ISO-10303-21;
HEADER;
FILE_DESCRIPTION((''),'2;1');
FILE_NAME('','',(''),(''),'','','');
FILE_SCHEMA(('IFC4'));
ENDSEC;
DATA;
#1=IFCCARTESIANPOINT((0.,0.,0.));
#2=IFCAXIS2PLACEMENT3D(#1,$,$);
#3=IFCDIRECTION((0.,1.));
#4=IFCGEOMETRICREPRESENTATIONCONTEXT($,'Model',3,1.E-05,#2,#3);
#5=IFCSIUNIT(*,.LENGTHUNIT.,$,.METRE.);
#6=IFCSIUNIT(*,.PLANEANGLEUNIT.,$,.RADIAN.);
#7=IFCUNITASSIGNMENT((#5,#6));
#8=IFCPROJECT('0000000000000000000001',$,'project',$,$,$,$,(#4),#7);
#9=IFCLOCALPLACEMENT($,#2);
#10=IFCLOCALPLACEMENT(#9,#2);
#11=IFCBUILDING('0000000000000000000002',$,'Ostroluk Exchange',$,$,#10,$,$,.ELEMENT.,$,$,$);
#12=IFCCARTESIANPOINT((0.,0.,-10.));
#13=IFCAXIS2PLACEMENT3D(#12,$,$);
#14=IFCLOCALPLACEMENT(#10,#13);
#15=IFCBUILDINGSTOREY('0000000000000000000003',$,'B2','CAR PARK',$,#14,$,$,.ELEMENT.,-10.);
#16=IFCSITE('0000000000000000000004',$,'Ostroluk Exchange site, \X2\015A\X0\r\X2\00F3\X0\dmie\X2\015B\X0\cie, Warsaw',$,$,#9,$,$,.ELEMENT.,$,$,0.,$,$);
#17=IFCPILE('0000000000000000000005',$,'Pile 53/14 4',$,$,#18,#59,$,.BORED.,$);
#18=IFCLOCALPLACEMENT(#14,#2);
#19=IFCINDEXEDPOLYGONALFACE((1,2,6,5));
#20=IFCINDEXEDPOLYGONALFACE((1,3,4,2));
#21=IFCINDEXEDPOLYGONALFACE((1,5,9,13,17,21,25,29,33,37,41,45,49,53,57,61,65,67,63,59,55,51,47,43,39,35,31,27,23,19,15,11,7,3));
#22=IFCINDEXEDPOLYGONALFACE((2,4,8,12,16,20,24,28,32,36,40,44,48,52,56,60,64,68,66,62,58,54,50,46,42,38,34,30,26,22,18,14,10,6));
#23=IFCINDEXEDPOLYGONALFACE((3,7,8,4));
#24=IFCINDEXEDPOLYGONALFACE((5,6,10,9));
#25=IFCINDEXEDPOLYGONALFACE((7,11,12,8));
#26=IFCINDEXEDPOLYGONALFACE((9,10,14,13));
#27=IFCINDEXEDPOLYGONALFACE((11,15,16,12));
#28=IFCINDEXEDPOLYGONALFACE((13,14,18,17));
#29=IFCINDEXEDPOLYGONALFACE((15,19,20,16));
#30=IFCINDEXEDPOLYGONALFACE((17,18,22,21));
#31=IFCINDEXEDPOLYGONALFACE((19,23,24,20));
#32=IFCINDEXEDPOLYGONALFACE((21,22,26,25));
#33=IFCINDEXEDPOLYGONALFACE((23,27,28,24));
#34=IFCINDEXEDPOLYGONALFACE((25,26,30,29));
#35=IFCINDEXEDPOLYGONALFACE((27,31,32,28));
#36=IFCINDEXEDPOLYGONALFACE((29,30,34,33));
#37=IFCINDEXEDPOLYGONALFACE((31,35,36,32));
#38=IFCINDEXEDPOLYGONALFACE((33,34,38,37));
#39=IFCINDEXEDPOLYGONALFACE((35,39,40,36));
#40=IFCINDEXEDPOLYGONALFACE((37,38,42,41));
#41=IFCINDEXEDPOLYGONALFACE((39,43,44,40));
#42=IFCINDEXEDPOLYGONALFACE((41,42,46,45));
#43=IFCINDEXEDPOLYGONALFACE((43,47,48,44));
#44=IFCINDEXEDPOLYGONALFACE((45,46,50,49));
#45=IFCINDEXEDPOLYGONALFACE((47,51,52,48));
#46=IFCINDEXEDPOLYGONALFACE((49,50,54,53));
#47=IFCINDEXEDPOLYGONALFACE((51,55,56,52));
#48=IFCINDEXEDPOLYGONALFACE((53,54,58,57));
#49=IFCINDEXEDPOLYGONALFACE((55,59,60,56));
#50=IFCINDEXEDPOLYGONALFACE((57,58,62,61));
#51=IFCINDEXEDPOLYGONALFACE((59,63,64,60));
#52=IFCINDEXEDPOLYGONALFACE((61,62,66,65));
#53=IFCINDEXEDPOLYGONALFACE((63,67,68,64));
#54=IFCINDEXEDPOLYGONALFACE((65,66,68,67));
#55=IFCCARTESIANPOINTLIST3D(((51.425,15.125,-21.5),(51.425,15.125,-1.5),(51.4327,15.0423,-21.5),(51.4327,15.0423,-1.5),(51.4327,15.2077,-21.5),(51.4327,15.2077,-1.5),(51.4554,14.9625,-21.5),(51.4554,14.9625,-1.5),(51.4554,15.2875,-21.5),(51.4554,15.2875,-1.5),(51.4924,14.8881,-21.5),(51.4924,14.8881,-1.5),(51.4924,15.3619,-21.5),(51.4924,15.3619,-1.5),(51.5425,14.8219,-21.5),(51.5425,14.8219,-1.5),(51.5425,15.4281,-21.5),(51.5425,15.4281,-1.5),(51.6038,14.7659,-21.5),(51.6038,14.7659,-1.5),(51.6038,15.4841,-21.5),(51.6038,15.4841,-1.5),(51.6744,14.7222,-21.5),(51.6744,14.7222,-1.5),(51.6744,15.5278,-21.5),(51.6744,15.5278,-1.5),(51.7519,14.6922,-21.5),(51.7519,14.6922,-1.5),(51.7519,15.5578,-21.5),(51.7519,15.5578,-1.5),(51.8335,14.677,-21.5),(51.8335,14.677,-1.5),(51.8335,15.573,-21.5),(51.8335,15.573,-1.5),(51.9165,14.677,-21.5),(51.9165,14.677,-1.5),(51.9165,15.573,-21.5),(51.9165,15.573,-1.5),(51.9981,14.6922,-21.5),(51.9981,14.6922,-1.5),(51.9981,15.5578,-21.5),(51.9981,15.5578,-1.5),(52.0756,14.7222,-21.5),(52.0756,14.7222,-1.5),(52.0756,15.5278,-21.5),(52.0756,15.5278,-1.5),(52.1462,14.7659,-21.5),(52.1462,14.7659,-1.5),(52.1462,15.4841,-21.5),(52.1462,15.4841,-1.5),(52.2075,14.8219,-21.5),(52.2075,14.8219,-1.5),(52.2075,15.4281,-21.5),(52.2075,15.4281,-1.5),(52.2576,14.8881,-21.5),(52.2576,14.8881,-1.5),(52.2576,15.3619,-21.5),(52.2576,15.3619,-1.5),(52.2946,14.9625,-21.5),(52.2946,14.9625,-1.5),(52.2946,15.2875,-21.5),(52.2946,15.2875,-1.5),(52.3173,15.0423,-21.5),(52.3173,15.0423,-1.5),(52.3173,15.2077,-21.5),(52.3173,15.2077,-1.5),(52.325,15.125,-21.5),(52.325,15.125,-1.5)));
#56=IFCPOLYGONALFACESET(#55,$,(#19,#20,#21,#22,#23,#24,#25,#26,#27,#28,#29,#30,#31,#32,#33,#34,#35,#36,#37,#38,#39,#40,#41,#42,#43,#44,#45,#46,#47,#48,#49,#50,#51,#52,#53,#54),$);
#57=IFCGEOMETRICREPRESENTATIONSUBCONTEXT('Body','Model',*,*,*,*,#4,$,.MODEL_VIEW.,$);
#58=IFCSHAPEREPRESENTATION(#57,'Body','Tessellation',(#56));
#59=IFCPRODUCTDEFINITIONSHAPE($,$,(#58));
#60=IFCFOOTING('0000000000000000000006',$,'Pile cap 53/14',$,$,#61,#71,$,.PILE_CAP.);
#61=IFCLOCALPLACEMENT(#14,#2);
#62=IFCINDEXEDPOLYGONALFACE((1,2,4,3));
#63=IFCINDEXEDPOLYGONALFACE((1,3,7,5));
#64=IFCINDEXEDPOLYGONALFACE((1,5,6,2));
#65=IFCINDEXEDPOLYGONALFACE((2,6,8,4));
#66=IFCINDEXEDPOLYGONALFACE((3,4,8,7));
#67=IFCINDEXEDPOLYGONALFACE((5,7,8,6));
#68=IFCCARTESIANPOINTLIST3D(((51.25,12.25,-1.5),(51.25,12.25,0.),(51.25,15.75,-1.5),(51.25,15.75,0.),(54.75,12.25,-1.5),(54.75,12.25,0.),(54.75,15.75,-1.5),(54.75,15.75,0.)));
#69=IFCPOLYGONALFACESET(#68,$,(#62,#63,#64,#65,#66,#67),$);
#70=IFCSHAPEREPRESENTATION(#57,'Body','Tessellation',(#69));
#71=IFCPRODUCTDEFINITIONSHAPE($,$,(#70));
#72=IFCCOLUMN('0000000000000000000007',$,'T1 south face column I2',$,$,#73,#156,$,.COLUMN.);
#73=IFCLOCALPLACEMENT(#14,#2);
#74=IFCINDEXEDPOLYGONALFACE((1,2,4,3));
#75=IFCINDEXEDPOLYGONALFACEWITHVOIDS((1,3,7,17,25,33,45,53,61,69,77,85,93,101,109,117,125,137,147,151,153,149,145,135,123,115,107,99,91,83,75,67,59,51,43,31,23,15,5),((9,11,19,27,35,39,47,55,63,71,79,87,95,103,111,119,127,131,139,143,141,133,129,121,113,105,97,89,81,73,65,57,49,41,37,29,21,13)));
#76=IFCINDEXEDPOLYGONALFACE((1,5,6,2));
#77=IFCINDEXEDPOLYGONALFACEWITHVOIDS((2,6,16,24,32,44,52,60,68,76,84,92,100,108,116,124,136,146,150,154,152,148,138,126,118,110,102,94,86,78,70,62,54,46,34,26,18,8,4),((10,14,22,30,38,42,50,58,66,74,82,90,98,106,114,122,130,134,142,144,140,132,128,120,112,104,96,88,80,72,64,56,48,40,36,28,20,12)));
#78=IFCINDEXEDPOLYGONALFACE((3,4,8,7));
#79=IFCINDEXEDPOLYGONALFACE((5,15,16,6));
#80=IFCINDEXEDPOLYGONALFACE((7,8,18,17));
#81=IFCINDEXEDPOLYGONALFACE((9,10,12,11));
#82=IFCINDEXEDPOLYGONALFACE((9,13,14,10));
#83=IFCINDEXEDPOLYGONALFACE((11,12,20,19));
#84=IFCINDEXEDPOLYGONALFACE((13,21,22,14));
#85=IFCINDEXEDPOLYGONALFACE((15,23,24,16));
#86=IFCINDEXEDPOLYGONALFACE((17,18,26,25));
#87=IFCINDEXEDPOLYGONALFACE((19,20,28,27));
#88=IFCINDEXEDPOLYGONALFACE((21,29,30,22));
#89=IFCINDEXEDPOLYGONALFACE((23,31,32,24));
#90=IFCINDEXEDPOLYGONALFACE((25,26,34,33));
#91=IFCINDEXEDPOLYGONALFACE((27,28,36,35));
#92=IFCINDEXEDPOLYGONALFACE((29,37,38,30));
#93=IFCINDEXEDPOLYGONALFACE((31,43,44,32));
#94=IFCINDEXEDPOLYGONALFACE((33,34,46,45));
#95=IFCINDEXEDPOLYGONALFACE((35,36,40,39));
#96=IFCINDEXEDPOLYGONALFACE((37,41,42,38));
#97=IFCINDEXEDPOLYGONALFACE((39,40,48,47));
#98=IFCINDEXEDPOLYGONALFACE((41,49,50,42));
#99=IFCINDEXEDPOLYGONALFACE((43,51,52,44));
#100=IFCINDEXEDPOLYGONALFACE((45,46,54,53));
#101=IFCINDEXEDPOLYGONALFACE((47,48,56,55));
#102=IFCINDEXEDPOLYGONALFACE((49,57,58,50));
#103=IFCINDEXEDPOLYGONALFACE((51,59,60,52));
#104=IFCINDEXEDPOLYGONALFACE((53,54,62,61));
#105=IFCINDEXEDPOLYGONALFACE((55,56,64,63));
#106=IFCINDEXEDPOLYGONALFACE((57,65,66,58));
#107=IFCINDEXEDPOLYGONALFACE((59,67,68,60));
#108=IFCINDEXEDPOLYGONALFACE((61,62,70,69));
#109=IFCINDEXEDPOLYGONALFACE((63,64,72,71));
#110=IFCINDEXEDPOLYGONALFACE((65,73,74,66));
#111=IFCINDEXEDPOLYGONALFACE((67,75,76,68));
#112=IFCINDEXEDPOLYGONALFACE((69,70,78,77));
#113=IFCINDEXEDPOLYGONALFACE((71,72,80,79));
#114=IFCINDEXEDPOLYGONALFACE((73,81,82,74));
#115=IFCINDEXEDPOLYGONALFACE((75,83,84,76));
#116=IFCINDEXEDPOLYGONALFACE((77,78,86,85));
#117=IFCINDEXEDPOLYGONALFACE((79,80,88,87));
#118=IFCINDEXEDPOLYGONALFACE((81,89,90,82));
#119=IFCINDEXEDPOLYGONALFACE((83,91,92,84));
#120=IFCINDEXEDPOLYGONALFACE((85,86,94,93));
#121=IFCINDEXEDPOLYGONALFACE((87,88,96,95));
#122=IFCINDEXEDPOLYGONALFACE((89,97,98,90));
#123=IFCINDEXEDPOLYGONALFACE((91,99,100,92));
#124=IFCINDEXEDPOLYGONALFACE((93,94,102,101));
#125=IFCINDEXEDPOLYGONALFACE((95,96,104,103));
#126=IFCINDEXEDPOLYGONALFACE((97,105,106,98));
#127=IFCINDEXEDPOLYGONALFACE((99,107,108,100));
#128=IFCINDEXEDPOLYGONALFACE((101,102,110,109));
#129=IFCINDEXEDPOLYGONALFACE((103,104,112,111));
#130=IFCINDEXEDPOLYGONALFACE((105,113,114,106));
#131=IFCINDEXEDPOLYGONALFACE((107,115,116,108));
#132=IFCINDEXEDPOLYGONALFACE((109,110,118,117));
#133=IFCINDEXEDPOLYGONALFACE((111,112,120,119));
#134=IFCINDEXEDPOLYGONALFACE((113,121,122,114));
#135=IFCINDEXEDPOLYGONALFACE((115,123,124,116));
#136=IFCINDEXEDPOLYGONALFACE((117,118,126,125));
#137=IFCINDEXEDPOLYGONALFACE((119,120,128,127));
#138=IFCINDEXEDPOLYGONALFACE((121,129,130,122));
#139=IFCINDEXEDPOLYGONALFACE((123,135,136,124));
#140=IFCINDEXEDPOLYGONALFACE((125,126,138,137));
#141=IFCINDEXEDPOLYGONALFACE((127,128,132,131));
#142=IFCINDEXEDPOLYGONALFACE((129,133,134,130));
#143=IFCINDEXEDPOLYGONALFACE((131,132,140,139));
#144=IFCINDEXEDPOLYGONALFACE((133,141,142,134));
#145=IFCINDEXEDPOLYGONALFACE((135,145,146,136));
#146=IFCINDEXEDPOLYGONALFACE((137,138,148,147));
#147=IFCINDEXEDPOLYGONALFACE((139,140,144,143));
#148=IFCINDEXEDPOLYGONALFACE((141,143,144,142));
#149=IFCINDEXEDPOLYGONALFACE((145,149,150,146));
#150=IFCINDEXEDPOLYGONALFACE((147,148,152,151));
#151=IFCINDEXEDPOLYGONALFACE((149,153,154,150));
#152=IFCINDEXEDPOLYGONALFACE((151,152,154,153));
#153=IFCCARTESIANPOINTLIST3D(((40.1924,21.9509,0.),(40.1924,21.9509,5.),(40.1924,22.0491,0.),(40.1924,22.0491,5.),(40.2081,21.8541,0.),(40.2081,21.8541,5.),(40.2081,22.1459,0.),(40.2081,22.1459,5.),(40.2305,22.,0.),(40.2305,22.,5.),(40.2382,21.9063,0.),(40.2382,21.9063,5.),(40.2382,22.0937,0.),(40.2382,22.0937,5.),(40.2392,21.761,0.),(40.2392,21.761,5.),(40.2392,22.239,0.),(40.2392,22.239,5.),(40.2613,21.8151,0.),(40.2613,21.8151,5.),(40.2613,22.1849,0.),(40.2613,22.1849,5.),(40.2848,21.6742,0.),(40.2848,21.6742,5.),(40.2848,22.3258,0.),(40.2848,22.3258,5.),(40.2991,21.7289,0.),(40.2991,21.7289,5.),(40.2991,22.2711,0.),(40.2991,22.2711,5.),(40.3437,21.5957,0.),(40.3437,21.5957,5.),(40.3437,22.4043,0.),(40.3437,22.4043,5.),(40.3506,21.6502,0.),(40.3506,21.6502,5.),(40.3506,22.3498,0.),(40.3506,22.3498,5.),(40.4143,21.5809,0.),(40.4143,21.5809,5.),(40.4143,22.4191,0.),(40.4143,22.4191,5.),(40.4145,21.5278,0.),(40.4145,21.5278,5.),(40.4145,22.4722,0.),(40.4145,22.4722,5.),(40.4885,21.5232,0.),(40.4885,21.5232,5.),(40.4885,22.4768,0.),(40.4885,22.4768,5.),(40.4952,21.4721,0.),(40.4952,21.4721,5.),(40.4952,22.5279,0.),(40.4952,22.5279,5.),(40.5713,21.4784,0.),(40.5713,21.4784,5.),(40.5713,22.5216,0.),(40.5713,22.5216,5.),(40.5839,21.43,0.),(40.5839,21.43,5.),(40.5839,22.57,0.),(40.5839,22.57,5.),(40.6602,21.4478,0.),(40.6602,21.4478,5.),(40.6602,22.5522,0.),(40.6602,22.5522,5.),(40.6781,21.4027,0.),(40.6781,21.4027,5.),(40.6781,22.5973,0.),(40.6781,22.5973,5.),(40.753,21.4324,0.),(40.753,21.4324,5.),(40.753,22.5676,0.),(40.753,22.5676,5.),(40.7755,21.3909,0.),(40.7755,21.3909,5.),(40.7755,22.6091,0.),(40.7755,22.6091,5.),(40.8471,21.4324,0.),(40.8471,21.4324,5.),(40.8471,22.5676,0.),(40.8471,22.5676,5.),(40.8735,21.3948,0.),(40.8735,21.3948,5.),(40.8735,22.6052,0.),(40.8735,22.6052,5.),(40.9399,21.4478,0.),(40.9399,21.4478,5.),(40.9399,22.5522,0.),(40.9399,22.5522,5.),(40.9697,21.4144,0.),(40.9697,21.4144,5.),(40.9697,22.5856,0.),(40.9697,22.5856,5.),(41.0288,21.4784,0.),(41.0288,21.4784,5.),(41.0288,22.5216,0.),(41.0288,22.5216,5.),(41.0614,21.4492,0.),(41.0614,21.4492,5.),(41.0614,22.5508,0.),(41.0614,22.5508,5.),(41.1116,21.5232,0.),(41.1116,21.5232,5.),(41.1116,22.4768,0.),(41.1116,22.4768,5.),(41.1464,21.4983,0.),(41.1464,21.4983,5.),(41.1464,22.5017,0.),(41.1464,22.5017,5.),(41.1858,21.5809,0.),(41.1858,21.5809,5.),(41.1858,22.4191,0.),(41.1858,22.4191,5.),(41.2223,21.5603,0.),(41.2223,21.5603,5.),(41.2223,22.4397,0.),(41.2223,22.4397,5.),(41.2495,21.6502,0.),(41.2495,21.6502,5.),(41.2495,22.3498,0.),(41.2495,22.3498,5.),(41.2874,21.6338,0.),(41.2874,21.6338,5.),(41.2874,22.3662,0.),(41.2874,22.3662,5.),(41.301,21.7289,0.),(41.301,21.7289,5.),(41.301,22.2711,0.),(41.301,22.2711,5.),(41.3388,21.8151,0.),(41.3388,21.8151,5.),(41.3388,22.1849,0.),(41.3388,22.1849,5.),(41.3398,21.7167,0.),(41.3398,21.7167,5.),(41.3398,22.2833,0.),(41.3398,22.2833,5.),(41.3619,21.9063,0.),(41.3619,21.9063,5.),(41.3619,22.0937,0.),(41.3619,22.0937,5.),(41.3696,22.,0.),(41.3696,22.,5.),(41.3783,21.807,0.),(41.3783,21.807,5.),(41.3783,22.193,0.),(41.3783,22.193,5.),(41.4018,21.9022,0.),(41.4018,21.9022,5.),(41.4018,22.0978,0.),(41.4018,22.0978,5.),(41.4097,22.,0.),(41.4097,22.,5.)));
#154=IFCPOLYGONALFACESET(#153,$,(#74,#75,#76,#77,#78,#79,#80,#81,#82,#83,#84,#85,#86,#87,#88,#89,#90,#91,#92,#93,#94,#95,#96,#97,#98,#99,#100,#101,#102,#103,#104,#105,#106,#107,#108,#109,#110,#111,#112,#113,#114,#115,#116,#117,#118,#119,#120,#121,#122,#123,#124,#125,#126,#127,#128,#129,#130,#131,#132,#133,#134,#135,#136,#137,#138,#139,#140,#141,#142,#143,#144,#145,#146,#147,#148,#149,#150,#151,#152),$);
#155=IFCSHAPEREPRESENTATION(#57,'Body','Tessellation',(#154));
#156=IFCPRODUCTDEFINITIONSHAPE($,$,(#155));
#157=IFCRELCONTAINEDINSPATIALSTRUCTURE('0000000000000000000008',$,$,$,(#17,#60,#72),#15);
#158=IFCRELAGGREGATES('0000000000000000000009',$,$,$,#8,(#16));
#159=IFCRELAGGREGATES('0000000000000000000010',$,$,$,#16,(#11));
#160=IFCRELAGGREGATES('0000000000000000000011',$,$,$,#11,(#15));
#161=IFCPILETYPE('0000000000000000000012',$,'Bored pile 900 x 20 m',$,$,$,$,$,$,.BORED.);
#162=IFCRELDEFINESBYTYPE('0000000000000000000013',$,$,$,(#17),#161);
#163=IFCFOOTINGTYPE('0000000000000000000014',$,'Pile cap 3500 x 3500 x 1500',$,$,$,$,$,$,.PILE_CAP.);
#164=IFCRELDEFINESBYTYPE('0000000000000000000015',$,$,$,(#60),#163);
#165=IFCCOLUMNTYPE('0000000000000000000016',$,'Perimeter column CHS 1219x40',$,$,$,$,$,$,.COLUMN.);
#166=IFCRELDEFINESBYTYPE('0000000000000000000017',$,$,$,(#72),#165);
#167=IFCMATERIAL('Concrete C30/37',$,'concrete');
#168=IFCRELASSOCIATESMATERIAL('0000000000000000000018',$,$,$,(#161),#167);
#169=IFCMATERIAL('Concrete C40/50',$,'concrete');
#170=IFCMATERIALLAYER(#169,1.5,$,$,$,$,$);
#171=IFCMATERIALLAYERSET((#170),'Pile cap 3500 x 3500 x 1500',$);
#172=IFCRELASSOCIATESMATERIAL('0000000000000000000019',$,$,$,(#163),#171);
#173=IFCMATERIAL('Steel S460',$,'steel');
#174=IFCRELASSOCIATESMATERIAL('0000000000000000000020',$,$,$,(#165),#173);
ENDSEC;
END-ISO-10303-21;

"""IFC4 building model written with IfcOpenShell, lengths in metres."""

from ifc_helpers import new_model, si_unit, direction, frame, origin, origin_2d, place, context, subcontext, project, spatial, rectangle, circle, hollow_circle, extrude, material, layer, layer_set, material_profile, profile_set, type_object, element, save


model = new_model("IFC4")

# Units and contexts
model_context = context("Model", 3, precision=1e-05, world=origin(), true_north=direction((0.0, 1.0)))
body_context = subcontext(model_context, "Body", "Model", "MODEL_VIEW")
ifc_project = project(units=[si_unit("LENGTHUNIT", "METRE"), si_unit("PLANEANGLEUNIT", "RADIAN")], contexts=[model_context])

# Site, building, storey
site_placement = place(None, origin())
site = spatial("IfcSite", under=ifc_project, at=site_placement, Name="Ostroluk Exchange site, Śródmieście, Warsaw", CompositionType="ELEMENT", RefElevation=0.0)
building_placement = place(site_placement, origin())
building = spatial("IfcBuilding", under=site, at=building_placement, Name="Ostroluk Exchange", CompositionType="ELEMENT")
storey_placement = place(building_placement, frame((0.0, 0.0, -10.0)))
storey = spatial("IfcBuildingStorey", under=building, at=storey_placement, Name="B2", Description="CAR PARK", CompositionType="ELEMENT", Elevation=-10.0)

# Pile
ifc_material_1 = material(Name="Concrete C30/37", Category="concrete")
pile_type_1 = type_object("IfcPileType", Name="Bored pile 900 x 20 m", PredefinedType="BORED", material=ifc_material_1)
for number, where, z_axis, x_axis, name in (
    (1, (51.875, 15.125, -1.5), (0.0, 0.0, -1.0), (1.0, 0.0, 0.0), "Pile 53/14 4"),
):
    element("IfcPile", number, at=place(storey_placement, frame(where, z_axis=z_axis, x_axis=x_axis)), inside=storey, type_object=pile_type_1, Name=name, PredefinedType="BORED", context=body_context, shape_type="SweptSolid", body=[
        extrude(circle(Radius=0.45, at=origin_2d()), origin(), (0.0, 0.0, 1.0), 20.0),
    ])

# Footing
ifc_material_2 = material(Name="Concrete C40/50", Category="concrete")
ifc_layer = layer(ifc_material_2, 1.5)
ifc_layer_set = layer_set([ifc_layer], Name="Pile cap 3500 x 3500 x 1500")
footing_type = type_object("IfcFootingType", Name="Pile cap 3500 x 3500 x 1500", PredefinedType="PILE_CAP", material=ifc_layer_set)
footing_placement = place(storey_placement, frame((53.0, 14.0, -1.5), z_axis=(0.0, 0.0, 1.0), x_axis=(1.0, 0.0, 0.0)))
element("IfcFooting", 2, at=footing_placement, inside=storey, type_object=footing_type, Name="Pile cap 53/14", PredefinedType="PILE_CAP", context=body_context, shape_type="SweptSolid", body=[
    extrude(rectangle(XDim=3.5, YDim=3.5, at=origin_2d()), origin(), (0.0, 0.0, 1.0), 1.5),
])

# Column
ifc_material_3 = material(Name="Steel S460", Category="steel")
ifc_material_profile_1 = material_profile(ifc_material_3, hollow_circle(Radius=0.6096, WallThickness=0.04, at=origin_2d()), Name="CHS 1219x40")
ifc_profile_set_1 = profile_set([ifc_material_profile_1], Name="Steel S460")
column_type_1 = type_object("IfcColumnType", Name="Perimeter column CHS 1219x40", PredefinedType="COLUMN", material=ifc_profile_set_1)
for number, where, z_axis, x_axis, name in (
    (3, (40.8, 22.0, 0.0), (0.0, 0.0, 1.0), (1.0, 0.0, 0.0), "T1 south face column I2"),
):
    element("IfcColumn", number, at=place(storey_placement, frame(where, z_axis=z_axis, x_axis=x_axis)), inside=storey, type_object=column_type_1, Name=name, PredefinedType="COLUMN", context=body_context, shape_type="SweptSolid", body=[
        extrude(hollow_circle(Radius=0.6096, WallThickness=0.04, at=origin_2d()), origin(), (0.0, 0.0, 1.0), 5.0),
    ])

save(model, "model.ifc")
